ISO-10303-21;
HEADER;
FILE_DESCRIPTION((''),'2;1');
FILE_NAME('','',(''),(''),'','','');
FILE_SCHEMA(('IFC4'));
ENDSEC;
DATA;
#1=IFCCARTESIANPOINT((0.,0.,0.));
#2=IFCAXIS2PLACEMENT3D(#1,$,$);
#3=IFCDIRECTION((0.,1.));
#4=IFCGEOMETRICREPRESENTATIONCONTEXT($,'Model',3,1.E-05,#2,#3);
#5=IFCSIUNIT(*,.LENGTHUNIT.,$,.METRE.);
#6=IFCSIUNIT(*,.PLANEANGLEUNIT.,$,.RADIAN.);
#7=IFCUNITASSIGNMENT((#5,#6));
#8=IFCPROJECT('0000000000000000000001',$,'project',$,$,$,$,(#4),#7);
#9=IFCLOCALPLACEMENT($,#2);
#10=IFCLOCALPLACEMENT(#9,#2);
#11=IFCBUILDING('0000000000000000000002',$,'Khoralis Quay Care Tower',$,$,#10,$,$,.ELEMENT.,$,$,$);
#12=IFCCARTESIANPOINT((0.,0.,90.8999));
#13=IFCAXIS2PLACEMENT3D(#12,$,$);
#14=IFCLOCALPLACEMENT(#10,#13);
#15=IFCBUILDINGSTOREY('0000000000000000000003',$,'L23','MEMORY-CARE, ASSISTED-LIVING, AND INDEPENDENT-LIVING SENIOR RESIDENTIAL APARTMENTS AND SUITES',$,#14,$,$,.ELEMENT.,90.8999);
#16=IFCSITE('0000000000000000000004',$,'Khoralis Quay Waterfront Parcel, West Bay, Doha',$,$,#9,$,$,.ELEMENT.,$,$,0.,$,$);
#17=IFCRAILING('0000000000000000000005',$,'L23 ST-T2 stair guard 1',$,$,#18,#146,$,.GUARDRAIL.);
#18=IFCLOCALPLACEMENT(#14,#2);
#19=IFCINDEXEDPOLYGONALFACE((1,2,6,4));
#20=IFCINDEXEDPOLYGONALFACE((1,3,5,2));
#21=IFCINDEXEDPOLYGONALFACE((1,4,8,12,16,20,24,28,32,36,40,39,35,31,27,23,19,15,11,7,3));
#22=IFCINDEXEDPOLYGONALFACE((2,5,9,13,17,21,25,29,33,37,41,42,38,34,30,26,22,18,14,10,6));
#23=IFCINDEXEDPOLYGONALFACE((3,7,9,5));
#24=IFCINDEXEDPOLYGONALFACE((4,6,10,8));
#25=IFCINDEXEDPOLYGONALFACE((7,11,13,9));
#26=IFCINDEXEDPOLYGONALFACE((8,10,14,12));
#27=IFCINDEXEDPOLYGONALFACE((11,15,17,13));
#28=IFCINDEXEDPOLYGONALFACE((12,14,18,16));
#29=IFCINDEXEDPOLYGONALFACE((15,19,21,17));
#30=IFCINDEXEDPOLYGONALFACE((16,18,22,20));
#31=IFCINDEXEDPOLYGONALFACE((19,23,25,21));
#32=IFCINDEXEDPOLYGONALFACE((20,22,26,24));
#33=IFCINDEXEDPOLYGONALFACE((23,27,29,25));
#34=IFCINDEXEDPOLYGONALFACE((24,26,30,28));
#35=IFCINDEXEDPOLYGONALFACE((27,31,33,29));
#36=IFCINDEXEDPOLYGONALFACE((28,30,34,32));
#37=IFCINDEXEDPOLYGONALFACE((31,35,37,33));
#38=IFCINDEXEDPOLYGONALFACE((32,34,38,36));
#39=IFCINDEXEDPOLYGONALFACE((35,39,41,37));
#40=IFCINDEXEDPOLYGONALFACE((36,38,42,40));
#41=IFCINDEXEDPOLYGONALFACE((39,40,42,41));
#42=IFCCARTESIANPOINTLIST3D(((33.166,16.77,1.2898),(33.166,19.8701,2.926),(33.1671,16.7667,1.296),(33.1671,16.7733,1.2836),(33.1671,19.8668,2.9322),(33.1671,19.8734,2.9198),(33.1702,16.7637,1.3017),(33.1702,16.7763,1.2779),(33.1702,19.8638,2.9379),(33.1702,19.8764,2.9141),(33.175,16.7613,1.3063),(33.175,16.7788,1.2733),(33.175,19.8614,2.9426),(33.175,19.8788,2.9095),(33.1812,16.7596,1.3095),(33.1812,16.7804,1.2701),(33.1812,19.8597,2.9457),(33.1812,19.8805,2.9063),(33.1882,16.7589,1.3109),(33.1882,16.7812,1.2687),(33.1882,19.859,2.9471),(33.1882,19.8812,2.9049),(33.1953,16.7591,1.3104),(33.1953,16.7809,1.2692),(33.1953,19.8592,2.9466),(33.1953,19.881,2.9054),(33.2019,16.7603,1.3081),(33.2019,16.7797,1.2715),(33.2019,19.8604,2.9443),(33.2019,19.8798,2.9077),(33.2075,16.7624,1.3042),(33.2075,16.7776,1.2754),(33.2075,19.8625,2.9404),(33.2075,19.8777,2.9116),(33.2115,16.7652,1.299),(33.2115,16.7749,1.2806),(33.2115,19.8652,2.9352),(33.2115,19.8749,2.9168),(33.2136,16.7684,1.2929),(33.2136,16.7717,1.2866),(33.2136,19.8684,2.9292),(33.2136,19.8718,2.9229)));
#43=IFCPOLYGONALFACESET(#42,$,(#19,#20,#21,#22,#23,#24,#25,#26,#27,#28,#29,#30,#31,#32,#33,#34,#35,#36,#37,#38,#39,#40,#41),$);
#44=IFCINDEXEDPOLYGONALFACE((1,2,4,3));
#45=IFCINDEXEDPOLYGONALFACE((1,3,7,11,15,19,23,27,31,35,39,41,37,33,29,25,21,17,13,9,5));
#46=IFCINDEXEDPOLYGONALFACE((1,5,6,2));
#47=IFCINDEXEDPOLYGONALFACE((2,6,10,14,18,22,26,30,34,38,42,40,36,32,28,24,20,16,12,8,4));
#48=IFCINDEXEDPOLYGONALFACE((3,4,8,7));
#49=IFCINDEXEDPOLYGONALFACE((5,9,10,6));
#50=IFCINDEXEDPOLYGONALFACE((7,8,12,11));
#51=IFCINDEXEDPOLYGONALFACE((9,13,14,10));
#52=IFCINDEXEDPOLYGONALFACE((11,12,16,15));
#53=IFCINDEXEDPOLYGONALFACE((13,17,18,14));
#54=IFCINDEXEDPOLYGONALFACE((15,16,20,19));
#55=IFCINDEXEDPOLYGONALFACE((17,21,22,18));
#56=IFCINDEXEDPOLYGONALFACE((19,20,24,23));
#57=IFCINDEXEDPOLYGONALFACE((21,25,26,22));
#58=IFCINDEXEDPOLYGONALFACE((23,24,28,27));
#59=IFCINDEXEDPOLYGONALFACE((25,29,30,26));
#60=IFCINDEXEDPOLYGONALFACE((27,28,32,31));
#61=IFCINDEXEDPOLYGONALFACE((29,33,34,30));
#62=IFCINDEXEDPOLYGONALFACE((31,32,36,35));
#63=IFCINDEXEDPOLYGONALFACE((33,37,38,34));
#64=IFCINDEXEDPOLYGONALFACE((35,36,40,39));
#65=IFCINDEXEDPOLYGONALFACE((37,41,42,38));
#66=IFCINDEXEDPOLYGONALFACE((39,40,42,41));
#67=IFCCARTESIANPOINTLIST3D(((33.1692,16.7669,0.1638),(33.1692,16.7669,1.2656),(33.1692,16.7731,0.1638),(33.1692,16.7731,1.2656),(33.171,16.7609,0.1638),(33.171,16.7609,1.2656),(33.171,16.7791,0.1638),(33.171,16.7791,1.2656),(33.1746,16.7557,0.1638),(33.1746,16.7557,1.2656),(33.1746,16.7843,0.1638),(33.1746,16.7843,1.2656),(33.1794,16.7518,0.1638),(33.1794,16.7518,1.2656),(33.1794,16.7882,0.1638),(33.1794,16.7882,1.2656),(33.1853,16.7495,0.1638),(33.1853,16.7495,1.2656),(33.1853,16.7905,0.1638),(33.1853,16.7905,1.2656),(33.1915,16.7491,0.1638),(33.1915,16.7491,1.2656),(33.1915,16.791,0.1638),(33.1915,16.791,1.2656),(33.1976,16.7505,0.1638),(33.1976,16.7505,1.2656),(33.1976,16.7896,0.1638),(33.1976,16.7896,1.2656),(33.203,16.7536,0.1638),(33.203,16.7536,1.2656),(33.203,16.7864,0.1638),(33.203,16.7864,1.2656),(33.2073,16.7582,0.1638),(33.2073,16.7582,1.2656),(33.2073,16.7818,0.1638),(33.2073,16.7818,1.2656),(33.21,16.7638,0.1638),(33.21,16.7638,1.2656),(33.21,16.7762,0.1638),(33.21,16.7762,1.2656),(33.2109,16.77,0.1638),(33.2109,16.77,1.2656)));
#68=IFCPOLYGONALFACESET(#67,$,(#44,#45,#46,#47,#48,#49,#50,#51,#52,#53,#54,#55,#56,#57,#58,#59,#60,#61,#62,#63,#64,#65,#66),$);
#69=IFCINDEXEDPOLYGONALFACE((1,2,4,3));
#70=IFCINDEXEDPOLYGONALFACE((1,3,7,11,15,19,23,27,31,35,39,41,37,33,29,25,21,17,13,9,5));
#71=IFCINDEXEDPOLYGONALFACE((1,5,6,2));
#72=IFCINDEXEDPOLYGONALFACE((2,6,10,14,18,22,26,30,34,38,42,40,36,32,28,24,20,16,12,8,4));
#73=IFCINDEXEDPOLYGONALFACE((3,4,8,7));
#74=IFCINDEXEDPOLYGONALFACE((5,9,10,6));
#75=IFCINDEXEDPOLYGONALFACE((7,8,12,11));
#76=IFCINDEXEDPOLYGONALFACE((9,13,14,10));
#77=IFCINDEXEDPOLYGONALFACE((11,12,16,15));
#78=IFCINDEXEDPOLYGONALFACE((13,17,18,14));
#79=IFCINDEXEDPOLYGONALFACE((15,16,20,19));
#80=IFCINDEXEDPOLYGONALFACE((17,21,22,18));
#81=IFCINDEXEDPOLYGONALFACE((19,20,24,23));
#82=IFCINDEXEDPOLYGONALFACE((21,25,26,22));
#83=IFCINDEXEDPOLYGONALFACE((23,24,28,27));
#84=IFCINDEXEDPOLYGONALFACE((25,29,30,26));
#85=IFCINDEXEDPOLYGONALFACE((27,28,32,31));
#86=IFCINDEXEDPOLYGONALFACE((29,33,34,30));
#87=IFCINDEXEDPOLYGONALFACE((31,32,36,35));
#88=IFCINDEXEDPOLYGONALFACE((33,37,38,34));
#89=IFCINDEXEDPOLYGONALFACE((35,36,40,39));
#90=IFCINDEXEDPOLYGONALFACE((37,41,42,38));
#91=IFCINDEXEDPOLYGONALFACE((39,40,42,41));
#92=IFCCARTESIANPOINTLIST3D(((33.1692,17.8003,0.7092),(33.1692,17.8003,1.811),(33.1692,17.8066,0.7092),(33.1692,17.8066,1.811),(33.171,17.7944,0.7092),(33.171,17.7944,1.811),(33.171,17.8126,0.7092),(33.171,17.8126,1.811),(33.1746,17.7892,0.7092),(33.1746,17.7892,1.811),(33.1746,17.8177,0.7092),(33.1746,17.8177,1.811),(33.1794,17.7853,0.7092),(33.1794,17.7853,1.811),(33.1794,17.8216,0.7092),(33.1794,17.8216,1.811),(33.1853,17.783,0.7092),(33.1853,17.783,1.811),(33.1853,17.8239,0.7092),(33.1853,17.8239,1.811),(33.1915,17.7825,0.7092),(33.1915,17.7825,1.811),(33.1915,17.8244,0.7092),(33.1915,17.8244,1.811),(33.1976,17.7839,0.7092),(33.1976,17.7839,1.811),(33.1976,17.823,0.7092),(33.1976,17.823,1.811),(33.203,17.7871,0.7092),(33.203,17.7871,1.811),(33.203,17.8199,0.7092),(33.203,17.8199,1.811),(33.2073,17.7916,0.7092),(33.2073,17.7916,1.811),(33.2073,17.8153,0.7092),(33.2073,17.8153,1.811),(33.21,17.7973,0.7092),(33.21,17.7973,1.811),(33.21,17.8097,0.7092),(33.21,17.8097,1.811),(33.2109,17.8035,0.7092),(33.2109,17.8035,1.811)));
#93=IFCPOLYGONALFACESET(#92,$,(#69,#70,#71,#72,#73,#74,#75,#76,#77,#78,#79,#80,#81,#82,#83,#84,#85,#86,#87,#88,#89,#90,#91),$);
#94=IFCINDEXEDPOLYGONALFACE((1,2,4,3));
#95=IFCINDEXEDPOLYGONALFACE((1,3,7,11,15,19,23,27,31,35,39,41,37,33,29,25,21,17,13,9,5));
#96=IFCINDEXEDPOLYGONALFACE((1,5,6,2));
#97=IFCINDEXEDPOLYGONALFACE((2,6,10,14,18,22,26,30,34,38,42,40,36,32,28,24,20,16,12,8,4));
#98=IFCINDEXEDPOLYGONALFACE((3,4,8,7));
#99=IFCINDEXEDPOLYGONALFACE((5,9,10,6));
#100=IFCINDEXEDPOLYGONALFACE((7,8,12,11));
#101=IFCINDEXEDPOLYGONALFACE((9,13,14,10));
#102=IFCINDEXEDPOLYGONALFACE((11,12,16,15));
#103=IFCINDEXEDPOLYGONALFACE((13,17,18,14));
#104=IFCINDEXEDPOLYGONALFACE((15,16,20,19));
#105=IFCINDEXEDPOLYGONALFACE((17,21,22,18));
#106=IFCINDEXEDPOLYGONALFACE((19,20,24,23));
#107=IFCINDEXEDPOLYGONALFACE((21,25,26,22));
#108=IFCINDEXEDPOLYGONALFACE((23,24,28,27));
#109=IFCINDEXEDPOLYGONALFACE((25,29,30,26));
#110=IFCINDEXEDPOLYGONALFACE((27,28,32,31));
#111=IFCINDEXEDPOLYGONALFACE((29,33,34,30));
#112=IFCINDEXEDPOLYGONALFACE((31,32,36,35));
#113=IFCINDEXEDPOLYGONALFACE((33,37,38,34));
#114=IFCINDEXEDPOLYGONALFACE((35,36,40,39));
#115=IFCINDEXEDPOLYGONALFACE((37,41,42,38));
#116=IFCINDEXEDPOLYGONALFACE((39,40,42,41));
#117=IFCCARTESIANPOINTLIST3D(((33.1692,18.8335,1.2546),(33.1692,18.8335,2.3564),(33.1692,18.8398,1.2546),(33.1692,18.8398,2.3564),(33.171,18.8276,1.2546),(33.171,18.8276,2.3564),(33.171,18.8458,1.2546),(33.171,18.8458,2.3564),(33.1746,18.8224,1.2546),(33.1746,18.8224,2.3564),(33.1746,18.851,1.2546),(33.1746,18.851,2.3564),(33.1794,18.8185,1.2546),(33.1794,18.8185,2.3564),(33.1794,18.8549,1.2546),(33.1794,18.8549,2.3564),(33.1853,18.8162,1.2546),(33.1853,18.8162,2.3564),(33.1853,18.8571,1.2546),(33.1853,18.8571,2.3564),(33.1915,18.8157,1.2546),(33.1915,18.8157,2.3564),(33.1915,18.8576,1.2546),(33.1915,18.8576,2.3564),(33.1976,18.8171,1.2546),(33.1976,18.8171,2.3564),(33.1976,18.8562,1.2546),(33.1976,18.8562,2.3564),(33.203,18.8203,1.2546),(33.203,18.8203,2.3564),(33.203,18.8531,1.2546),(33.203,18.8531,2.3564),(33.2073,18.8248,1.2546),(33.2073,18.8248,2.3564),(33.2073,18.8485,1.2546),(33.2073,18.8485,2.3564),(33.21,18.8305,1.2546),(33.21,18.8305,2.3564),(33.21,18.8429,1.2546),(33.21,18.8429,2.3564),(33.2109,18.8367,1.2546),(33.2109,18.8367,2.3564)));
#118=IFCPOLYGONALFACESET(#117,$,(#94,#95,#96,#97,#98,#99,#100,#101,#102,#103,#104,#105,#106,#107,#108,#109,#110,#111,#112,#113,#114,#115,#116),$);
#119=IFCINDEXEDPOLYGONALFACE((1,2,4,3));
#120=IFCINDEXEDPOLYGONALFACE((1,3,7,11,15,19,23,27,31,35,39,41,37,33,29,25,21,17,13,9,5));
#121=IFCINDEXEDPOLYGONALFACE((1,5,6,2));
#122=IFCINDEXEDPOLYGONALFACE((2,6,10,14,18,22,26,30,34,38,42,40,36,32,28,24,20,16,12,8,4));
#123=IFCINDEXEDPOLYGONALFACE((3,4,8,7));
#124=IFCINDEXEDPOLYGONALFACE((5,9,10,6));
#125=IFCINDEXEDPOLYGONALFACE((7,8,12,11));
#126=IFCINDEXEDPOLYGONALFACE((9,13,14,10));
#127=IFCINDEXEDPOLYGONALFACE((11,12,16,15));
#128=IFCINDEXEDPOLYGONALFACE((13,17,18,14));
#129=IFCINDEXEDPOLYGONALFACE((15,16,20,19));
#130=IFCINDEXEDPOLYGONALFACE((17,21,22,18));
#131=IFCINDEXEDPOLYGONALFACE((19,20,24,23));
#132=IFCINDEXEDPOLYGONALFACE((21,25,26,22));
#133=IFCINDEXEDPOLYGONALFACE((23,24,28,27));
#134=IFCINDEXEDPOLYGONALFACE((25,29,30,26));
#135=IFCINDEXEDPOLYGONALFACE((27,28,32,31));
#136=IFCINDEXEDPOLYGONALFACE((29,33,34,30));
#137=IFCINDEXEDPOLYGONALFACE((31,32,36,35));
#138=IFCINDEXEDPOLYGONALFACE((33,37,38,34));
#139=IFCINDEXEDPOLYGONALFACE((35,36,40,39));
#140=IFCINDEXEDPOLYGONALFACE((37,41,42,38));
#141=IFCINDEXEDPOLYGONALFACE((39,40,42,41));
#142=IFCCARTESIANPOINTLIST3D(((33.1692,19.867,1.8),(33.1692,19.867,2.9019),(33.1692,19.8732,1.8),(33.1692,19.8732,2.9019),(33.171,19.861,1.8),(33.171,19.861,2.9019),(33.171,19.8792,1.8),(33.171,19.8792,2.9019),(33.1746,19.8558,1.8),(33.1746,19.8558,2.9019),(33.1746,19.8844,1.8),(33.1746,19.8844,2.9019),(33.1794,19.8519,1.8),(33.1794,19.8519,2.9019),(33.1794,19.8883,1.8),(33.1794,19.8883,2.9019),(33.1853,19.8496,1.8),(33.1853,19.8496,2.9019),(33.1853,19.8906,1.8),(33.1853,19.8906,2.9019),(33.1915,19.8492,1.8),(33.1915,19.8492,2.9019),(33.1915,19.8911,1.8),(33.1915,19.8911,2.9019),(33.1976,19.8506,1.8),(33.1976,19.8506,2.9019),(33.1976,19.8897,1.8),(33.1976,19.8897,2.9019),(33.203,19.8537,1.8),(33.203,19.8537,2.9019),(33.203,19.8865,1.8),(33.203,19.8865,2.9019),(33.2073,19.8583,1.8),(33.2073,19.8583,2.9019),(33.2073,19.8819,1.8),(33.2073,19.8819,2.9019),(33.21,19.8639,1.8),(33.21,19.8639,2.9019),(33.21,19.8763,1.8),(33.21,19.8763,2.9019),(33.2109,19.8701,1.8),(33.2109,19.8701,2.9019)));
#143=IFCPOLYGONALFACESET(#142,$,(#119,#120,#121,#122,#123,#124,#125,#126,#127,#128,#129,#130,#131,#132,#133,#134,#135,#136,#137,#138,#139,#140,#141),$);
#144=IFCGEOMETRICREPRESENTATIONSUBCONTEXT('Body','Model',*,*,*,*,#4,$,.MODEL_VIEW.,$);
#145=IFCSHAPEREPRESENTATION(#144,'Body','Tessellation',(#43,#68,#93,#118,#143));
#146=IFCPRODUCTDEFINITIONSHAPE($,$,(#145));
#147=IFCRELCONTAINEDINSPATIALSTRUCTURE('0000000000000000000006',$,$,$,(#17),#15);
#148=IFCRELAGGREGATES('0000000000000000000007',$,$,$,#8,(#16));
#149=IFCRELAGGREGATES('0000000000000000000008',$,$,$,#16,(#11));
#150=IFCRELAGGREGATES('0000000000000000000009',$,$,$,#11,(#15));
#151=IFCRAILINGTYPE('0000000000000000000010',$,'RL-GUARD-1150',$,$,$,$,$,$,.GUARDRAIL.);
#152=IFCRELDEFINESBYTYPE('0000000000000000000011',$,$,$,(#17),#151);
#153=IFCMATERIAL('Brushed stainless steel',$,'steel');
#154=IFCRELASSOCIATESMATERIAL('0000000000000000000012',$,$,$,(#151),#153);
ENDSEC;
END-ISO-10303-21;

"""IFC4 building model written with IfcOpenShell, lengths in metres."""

from ifc_helpers import new_model, si_unit, direction, frame, origin, origin_2d, place, context, subcontext, project, spatial, circle, extrude, material, type_object, element, save


model = new_model("IFC4")

# Units and contexts
model_context = context("Model", 3, precision=1e-05, world=origin(), true_north=direction((0.0, 1.0)))
body_context = subcontext(model_context, "Body", "Model", "MODEL_VIEW")
ifc_project = project(units=[si_unit("LENGTHUNIT", "METRE"), si_unit("PLANEANGLEUNIT", "RADIAN")], contexts=[model_context])

# Site, building, storey
site_placement = place(None, origin())
site = spatial("IfcSite", under=ifc_project, at=site_placement, Name="Khoralis Quay Waterfront Parcel, West Bay, Doha", CompositionType="ELEMENT", RefElevation=0.0)
building_placement = place(site_placement, origin())
building = spatial("IfcBuilding", under=site, at=building_placement, Name="Khoralis Quay Care Tower", CompositionType="ELEMENT")
storey_placement = place(building_placement, frame((0.0, 0.0, 90.8999)))
storey = spatial("IfcBuildingStorey", under=building, at=storey_placement, Name="L23", Description="MEMORY-CARE, ASSISTED-LIVING, AND INDEPENDENT-LIVING SENIOR RESIDENTIAL APARTMENTS AND SUITES", CompositionType="ELEMENT", Elevation=90.8999)

# Railing
ifc_material_1 = material(Name="Brushed stainless steel", Category="steel")
railing_type_1 = type_object("IfcRailingType", Name="RL-GUARD-1150", PredefinedType="GUARDRAIL", material=ifc_material_1)
railing_1_placement = place(storey_placement, frame((33.1899, 16.77, 0.1638)))
element("IfcRailing", 1, at=railing_1_placement, inside=storey, type_object=railing_type_1, Name="L23 ST-T2 stair guard 1", PredefinedType="GUARDRAIL", context=body_context, shape_type="SweptSolid", body=[
    extrude(circle(Radius=0.0239, at=origin_2d()), frame((0.0, 0.0, 1.126), z_axis=(0.0, 0.884377, 0.466774), x_axis=(-1.0, 0.0, 0.0)), (0.0, 0.0, 1.0), 3.5054),
    extrude(circle(Radius=0.021, at=origin_2d()), origin(), (0.0, 0.0, 1.0), 1.1018),
    extrude(circle(Radius=0.021, at=origin_2d()), frame((0.0, 1.0334, 0.5454)), (0.0, 0.0, 1.0), 1.1018),
    extrude(circle(Radius=0.021, at=origin_2d()), frame((0.0, 2.0667, 1.0908)), (0.0, 0.0, 1.0), 1.1018),
    extrude(circle(Radius=0.021, at=origin_2d()), frame((0.0, 3.1001, 1.6362)), (0.0, 0.0, 1.0), 1.1018),
])

save(model, "model.ifc")
